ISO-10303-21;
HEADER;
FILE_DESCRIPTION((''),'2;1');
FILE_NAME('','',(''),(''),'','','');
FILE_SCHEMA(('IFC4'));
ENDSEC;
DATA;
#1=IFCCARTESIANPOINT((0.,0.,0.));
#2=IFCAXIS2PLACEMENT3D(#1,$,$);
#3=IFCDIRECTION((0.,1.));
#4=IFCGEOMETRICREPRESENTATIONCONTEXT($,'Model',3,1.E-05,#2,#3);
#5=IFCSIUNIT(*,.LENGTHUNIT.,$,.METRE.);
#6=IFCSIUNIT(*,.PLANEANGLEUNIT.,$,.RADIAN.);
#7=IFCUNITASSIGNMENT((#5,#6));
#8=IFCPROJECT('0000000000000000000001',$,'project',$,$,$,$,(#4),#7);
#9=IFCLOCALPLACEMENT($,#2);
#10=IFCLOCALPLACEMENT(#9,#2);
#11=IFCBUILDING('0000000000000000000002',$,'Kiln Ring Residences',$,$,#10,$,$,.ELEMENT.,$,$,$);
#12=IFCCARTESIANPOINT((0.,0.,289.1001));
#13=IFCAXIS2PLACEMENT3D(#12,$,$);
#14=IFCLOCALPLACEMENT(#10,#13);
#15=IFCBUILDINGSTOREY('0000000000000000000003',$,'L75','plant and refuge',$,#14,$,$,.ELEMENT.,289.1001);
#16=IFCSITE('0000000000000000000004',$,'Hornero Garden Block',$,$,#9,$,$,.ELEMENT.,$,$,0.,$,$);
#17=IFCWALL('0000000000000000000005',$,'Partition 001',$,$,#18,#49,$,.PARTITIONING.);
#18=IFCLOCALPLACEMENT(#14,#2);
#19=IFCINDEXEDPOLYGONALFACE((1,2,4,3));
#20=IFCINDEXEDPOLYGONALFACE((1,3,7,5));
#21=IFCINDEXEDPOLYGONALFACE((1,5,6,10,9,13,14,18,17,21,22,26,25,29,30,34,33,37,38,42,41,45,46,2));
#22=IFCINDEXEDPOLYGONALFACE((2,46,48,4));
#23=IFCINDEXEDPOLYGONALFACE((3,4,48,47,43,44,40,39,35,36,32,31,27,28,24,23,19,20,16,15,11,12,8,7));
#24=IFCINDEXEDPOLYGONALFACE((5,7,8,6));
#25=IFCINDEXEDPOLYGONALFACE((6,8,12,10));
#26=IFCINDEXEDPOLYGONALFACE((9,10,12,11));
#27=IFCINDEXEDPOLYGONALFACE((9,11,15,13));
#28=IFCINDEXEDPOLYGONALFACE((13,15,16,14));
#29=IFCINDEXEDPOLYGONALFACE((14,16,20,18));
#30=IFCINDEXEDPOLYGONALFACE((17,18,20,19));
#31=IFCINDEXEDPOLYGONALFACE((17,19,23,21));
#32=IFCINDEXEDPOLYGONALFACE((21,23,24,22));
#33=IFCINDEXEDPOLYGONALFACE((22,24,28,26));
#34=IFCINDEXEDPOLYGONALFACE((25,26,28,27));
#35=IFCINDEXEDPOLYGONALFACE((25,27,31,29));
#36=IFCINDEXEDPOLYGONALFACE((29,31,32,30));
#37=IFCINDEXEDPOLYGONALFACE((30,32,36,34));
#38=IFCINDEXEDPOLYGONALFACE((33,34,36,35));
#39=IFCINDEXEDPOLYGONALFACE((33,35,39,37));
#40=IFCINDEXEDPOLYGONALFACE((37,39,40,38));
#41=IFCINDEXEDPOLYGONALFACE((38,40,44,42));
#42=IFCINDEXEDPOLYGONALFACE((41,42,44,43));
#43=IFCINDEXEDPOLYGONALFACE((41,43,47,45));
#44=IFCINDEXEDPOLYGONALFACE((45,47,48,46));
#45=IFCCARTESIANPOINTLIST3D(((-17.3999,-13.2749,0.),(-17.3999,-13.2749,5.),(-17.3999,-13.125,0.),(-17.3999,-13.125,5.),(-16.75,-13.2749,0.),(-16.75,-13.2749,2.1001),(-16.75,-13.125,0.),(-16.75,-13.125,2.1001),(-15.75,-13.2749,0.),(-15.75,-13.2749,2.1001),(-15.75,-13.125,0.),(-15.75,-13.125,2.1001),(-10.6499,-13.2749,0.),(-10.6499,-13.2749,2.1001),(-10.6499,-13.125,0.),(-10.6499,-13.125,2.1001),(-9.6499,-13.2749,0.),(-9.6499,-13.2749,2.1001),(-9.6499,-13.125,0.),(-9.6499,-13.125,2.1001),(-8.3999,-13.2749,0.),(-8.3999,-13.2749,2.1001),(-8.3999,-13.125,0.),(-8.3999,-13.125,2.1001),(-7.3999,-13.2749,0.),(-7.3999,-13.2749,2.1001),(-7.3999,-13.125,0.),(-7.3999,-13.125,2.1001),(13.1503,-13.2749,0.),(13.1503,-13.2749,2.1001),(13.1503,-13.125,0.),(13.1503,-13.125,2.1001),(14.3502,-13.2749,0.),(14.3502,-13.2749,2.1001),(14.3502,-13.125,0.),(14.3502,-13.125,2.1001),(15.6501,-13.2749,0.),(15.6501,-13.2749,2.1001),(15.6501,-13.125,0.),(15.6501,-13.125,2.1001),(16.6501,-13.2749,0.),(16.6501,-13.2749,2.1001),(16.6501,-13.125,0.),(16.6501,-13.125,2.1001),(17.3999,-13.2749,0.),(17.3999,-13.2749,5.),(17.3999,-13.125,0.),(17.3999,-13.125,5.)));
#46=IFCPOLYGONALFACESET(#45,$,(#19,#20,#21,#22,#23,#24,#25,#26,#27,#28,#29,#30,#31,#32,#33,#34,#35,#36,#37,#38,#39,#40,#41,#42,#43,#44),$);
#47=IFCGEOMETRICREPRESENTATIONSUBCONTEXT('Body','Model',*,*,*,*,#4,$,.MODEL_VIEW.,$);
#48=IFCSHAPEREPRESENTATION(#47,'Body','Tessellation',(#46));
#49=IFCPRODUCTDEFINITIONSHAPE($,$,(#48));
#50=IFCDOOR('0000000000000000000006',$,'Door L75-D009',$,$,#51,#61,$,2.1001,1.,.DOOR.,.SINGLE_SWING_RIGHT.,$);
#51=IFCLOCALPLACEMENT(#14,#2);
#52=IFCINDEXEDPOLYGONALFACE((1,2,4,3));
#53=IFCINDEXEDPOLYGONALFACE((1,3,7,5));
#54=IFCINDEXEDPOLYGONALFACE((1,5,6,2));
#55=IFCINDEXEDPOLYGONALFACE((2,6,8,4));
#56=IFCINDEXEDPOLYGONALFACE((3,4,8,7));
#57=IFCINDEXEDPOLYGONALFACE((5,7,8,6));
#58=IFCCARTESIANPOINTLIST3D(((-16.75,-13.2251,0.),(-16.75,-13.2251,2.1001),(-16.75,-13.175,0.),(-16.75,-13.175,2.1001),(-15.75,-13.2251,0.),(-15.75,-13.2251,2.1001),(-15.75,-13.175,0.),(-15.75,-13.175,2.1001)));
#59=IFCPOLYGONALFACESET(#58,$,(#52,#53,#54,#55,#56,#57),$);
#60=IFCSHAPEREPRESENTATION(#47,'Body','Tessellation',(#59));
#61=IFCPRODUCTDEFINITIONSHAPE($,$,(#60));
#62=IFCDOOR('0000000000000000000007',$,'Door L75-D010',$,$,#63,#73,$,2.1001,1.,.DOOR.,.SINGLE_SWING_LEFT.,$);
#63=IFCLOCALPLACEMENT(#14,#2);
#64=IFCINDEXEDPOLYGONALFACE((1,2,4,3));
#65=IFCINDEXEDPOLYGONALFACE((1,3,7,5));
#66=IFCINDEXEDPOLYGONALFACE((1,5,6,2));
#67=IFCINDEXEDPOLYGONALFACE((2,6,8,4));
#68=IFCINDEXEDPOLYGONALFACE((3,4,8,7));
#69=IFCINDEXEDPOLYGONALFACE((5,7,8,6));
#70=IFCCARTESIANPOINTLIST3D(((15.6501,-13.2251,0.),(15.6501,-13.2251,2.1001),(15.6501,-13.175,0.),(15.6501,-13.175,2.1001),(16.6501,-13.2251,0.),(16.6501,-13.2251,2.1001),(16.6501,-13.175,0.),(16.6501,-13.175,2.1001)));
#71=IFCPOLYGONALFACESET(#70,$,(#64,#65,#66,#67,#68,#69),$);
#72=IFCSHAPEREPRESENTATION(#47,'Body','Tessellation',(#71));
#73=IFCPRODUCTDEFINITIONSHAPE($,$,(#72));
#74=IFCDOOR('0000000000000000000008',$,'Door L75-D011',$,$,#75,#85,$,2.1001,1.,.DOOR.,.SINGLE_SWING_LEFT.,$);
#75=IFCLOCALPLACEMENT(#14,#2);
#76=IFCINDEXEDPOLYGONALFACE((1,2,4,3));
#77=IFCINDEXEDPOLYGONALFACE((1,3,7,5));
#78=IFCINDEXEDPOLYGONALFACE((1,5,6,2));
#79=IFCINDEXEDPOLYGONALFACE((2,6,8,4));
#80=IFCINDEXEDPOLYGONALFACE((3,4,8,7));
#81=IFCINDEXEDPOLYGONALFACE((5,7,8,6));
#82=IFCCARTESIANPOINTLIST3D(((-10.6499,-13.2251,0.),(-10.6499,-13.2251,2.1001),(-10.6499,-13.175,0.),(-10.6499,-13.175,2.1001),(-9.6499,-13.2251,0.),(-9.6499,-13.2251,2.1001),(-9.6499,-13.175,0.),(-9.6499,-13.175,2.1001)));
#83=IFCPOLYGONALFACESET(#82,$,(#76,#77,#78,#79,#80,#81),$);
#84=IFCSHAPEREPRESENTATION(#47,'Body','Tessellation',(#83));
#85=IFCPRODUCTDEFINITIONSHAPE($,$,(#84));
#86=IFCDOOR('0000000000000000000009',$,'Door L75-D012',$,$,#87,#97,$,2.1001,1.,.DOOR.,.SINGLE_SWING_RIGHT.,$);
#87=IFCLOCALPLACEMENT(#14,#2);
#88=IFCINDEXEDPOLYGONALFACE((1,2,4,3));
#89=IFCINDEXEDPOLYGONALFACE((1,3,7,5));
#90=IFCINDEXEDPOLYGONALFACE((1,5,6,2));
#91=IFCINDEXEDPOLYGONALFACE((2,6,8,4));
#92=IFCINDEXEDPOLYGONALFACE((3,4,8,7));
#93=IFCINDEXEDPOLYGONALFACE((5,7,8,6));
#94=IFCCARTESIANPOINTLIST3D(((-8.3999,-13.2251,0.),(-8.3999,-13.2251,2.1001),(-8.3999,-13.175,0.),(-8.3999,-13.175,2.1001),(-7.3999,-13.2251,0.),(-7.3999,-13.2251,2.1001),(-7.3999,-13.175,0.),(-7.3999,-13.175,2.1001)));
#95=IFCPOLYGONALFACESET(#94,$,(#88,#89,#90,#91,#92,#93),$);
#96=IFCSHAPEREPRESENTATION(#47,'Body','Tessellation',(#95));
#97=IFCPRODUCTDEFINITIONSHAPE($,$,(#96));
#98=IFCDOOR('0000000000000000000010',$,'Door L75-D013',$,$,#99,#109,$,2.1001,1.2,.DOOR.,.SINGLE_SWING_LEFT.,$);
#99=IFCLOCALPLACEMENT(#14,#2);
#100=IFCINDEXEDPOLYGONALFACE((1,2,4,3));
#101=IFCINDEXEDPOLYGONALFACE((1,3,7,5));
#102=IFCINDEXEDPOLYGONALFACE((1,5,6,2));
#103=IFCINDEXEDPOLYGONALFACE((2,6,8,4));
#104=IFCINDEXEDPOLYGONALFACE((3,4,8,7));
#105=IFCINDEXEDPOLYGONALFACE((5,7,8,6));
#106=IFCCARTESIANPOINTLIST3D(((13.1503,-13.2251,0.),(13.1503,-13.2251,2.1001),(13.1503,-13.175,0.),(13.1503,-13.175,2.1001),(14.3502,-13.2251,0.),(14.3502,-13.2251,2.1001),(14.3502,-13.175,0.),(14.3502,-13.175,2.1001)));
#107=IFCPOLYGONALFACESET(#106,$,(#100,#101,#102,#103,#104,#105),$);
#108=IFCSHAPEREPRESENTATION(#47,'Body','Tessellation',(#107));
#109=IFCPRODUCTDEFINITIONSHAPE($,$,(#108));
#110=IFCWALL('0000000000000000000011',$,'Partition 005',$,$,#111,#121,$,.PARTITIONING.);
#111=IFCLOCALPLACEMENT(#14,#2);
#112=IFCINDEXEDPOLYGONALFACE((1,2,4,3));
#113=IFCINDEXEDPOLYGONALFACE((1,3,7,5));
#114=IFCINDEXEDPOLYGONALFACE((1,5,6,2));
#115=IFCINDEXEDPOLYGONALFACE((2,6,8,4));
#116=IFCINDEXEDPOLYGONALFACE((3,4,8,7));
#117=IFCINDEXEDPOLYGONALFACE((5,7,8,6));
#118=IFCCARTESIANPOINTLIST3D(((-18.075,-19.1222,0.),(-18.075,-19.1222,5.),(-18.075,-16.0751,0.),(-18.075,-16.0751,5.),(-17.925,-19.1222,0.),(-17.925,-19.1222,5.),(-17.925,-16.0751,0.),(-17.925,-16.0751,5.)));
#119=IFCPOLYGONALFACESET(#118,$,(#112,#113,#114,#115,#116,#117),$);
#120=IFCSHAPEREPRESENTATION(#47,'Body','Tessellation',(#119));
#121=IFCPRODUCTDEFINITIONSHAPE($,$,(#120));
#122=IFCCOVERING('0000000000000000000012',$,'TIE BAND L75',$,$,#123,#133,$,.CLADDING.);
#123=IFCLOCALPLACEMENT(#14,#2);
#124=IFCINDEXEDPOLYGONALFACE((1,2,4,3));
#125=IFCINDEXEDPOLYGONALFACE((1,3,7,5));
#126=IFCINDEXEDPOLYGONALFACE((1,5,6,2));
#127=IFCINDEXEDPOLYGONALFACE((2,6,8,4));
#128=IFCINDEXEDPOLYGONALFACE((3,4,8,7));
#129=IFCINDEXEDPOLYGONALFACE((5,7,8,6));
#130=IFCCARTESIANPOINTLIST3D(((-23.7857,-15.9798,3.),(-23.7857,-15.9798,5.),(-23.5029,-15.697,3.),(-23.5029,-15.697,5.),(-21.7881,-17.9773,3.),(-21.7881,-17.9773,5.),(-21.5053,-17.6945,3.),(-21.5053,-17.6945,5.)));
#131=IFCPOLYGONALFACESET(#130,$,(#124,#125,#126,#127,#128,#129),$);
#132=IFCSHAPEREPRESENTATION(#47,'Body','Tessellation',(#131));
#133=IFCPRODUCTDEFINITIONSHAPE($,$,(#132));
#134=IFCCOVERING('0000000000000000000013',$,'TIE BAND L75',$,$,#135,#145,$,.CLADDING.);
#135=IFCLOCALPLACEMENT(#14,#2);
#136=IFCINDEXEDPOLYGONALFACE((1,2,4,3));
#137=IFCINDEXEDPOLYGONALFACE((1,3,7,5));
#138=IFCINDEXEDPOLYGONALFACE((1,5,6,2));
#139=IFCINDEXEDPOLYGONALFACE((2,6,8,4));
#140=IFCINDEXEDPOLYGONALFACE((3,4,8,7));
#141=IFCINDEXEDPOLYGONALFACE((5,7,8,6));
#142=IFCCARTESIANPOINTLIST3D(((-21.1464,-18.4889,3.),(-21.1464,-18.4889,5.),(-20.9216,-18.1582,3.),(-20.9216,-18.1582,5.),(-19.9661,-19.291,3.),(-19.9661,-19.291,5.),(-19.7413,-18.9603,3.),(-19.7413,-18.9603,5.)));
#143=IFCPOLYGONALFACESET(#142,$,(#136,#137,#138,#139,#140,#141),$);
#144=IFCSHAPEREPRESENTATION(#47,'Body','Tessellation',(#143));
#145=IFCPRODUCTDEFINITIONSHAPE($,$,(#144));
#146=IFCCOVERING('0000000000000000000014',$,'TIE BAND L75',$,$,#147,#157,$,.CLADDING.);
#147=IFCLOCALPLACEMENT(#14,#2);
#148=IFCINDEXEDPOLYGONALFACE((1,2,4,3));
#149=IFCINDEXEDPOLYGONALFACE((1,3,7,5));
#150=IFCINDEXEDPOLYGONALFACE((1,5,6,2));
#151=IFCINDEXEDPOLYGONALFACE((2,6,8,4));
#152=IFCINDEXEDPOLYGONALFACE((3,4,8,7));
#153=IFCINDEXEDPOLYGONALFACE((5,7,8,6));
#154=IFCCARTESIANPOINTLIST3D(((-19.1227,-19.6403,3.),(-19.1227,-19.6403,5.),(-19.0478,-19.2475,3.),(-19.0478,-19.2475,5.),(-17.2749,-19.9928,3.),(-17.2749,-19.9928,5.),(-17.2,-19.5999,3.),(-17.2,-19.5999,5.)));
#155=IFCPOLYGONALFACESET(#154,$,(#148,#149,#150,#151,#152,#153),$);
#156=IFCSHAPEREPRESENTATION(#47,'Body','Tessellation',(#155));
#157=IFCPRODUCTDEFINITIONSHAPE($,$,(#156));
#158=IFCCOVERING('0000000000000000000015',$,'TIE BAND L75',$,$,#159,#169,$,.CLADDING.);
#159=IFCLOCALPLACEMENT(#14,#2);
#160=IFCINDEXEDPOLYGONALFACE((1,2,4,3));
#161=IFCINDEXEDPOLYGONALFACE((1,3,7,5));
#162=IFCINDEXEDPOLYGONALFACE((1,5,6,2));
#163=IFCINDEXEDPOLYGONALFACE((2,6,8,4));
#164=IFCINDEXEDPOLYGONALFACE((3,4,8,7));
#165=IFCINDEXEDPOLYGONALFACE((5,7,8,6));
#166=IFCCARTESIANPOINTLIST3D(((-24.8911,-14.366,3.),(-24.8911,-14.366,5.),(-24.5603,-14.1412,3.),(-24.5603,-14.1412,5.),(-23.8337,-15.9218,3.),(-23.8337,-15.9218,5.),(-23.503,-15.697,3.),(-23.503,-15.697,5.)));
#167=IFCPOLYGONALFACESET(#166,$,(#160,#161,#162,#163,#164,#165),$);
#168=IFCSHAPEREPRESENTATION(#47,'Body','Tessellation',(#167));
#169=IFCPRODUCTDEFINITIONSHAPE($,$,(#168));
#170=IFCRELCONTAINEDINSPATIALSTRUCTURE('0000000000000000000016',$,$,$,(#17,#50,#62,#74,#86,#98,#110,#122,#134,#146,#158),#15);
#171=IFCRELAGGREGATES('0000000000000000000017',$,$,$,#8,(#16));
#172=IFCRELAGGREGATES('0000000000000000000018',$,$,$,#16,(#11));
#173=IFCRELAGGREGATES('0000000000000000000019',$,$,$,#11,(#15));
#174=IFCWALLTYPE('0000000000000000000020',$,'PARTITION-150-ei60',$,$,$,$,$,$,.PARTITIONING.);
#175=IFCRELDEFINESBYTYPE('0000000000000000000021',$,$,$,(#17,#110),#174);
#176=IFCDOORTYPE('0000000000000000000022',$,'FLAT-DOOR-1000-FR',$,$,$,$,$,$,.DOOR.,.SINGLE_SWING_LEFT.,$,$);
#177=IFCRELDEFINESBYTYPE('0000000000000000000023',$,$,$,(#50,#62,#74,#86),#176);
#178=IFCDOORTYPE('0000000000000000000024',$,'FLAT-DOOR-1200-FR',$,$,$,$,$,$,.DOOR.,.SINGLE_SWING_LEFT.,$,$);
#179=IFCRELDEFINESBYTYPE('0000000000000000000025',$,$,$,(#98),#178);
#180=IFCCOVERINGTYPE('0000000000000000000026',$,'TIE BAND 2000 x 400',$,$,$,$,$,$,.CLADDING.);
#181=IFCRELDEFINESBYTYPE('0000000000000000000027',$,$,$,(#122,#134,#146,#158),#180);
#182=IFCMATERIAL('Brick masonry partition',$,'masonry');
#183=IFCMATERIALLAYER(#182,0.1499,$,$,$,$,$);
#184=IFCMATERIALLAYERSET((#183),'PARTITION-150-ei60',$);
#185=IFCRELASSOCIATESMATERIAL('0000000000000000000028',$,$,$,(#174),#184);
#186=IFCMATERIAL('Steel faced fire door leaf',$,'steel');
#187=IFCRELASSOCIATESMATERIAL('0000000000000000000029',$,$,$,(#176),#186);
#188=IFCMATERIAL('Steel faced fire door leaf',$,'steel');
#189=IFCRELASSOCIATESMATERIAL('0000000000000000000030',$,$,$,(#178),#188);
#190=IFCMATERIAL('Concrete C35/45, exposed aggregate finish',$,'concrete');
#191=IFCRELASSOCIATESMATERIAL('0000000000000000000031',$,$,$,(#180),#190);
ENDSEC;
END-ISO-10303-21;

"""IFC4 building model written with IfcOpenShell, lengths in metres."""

from ifc_helpers import new_model, si_unit, direction, frame, frame_2d, origin, origin_2d, place, context, subcontext, project, spatial, rectangle, extrude, material, layer, layer_set, type_object, element, fill, save


model = new_model("IFC4")

# Units and contexts
model_context = context("Model", 3, precision=1e-05, world=origin(), true_north=direction((0.0, 1.0)))
body_context = subcontext(model_context, "Body", "Model", "MODEL_VIEW")
ifc_project = project(units=[si_unit("LENGTHUNIT", "METRE"), si_unit("PLANEANGLEUNIT", "RADIAN")], contexts=[model_context])

# Site, building, storey
site_placement = place(None, origin())
site = spatial("IfcSite", under=ifc_project, at=site_placement, Name="Hornero Garden Block", CompositionType="ELEMENT", RefElevation=0.0)
building_placement = place(site_placement, origin())
building = spatial("IfcBuilding", under=site, at=building_placement, Name="Kiln Ring Residences", CompositionType="ELEMENT")
storey_placement = place(building_placement, frame((0.0, 0.0, 289.1001)))
storey = spatial("IfcBuildingStorey", under=building, at=storey_placement, Name="L75", Description="plant and refuge", CompositionType="ELEMENT", Elevation=289.1001)

# Wall, openings, doors
ifc_material_1 = material(Name="Brick masonry partition", Category="masonry")
ifc_layer_1 = layer(ifc_material_1, 0.1499)
ifc_layer_set_1 = layer_set([ifc_layer_1], Name="PARTITION-150-ei60")
wall_type_1 = type_object("IfcWallType", Name="PARTITION-150-ei60", PredefinedType="PARTITIONING", material=ifc_layer_set_1)
ifc_material_2 = material(Name="Steel faced fire door leaf", Category="steel")
door_type_1 = type_object("IfcDoorType", Name="FLAT-DOOR-1000-FR", OperationType="SINGLE_SWING_LEFT", PredefinedType="DOOR", material=ifc_material_2)
wall_1_placement = place(storey_placement, frame((-17.3999, -13.2, 0.0), z_axis=(0.0, 0.0, 1.0), x_axis=(1.0, 0.0, 0.0)))
wall_1 = element("IfcWall", 1, at=wall_1_placement, inside=storey, type_object=wall_type_1, Name="Partition 001", PredefinedType="PARTITIONING", context=body_context, shape_type="SweptSolid", body=[
    extrude(rectangle(XDim=34.7998, YDim=0.1499, at=frame_2d((17.3999, 0.0))), origin(), (0.0, 0.0, 1.0), 5.0),
])
opening_1_placement = place(wall_1_placement, frame((0.6499, 0.0, 0.0)))
opening_1 = element("IfcOpeningElement", 2, at=opening_1_placement, cuts=wall_1, PredefinedType="OPENING", context=body_context, shape_type="SweptSolid", body=[
    extrude(rectangle(XDim=1.0, YDim=2.1001, at=frame_2d((0.5, 1.05))), frame((0.0, 0.085, 0.0), z_axis=(0.0, -1.0, 0.0), x_axis=(1.0, 0.0, 0.0)), (0.0, 0.0, 1.0), 0.1699),
])
opening_2_placement = place(wall_1_placement, frame((33.05, 0.0, 0.0)))
opening_2 = element("IfcOpeningElement", 3, at=opening_2_placement, cuts=wall_1, PredefinedType="OPENING", context=body_context, shape_type="SweptSolid", body=[
    extrude(rectangle(XDim=1.0, YDim=2.1001, at=frame_2d((0.5, 1.05))), frame((0.0, 0.085, 0.0), z_axis=(0.0, -1.0, 0.0), x_axis=(1.0, 0.0, 0.0)), (0.0, 0.0, 1.0), 0.1699),
])
opening_3_placement = place(wall_1_placement, frame((6.75, 0.0, 0.0)))
opening_3 = element("IfcOpeningElement", 4, at=opening_3_placement, cuts=wall_1, PredefinedType="OPENING", context=body_context, shape_type="SweptSolid", body=[
    extrude(rectangle(XDim=1.0, YDim=2.1001, at=frame_2d((0.5, 1.05))), frame((0.0, 0.085, 0.0), z_axis=(0.0, -1.0, 0.0), x_axis=(1.0, 0.0, 0.0)), (0.0, 0.0, 1.0), 0.1699),
])
opening_4_placement = place(wall_1_placement, frame((9.0, 0.0, 0.0)))
opening_4 = element("IfcOpeningElement", 5, at=opening_4_placement, cuts=wall_1, PredefinedType="OPENING", context=body_context, shape_type="SweptSolid", body=[
    extrude(rectangle(XDim=1.0, YDim=2.1001, at=frame_2d((0.5, 1.05))), frame((0.0, 0.085, 0.0), z_axis=(0.0, -1.0, 0.0), x_axis=(1.0, 0.0, 0.0)), (0.0, 0.0, 1.0), 0.1699),
])
opening_5_placement = place(wall_1_placement, frame((30.55, 0.0, 0.0)))
opening_5 = element("IfcOpeningElement", 6, at=opening_5_placement, cuts=wall_1, PredefinedType="OPENING", context=body_context, shape_type="SweptSolid", body=[
    extrude(rectangle(XDim=1.2, YDim=2.1001, at=frame_2d((0.6001, 1.05))), frame((0.0, 0.085, 0.0), z_axis=(0.0, -1.0, 0.0), x_axis=(1.0, 0.0, 0.0)), (0.0, 0.0, 1.0), 0.1699),
])
door_1_placement = place(opening_1_placement, origin())
door_1 = element("IfcDoor", 7, at=door_1_placement, inside=storey, type_object=door_type_1, Name="Door L75-D009", OperationType="SINGLE_SWING_RIGHT", OverallHeight=2.1001, OverallWidth=1.0, PredefinedType="DOOR", context=body_context, shape_type="SweptSolid", body=[
    extrude(rectangle(XDim=1.0, YDim=2.1001, at=frame_2d((0.5, 1.05))), frame((0.0, 0.0249, 0.0), z_axis=(0.0, -1.0, 0.0), x_axis=(1.0, 0.0, 0.0)), (0.0, 0.0, 1.0), 0.05),
])
fill(opening_1, door_1)
door_2_placement = place(opening_2_placement, origin())
door_2 = element("IfcDoor", 8, at=door_2_placement, inside=storey, type_object=door_type_1, Name="Door L75-D010", OperationType="SINGLE_SWING_LEFT", OverallHeight=2.1001, OverallWidth=1.0, PredefinedType="DOOR", context=body_context, shape_type="SweptSolid", body=[
    extrude(rectangle(XDim=1.0, YDim=2.1001, at=frame_2d((0.5, 1.05))), frame((0.0, 0.0249, 0.0), z_axis=(0.0, -1.0, 0.0), x_axis=(1.0, 0.0, 0.0)), (0.0, 0.0, 1.0), 0.05),
])
fill(opening_2, door_2)
door_3_placement = place(opening_3_placement, origin())
door_3 = element("IfcDoor", 9, at=door_3_placement, inside=storey, type_object=door_type_1, Name="Door L75-D011", OperationType="SINGLE_SWING_LEFT", OverallHeight=2.1001, OverallWidth=1.0, PredefinedType="DOOR", context=body_context, shape_type="SweptSolid", body=[
    extrude(rectangle(XDim=1.0, YDim=2.1001, at=frame_2d((0.5, 1.05))), frame((0.0, 0.0249, 0.0), z_axis=(0.0, -1.0, 0.0), x_axis=(1.0, 0.0, 0.0)), (0.0, 0.0, 1.0), 0.05),
])
fill(opening_3, door_3)
door_4_placement = place(opening_4_placement, origin())
door_4 = element("IfcDoor", 10, at=door_4_placement, inside=storey, type_object=door_type_1, Name="Door L75-D012", OperationType="SINGLE_SWING_RIGHT", OverallHeight=2.1001, OverallWidth=1.0, PredefinedType="DOOR", context=body_context, shape_type="SweptSolid", body=[
    extrude(rectangle(XDim=1.0, YDim=2.1001, at=frame_2d((0.5, 1.05))), frame((0.0, 0.0249, 0.0), z_axis=(0.0, -1.0, 0.0), x_axis=(1.0, 0.0, 0.0)), (0.0, 0.0, 1.0), 0.05),
])
fill(opening_4, door_4)
ifc_material_3 = material(Name="Steel faced fire door leaf", Category="steel")
door_type_2 = type_object("IfcDoorType", Name="FLAT-DOOR-1200-FR", OperationType="SINGLE_SWING_LEFT", PredefinedType="DOOR", material=ifc_material_3)
door_5_placement = place(opening_5_placement, origin())
door_5 = element("IfcDoor", 11, at=door_5_placement, inside=storey, type_object=door_type_2, Name="Door L75-D013", OperationType="SINGLE_SWING_LEFT", OverallHeight=2.1001, OverallWidth=1.2, PredefinedType="DOOR", context=body_context, shape_type="SweptSolid", body=[
    extrude(rectangle(XDim=1.2, YDim=2.1001, at=frame_2d((0.6001, 1.05))), frame((0.0, 0.0249, 0.0), z_axis=(0.0, -1.0, 0.0), x_axis=(1.0, 0.0, 0.0)), (0.0, 0.0, 1.0), 0.05),
])
fill(opening_5, door_5)

# Wall
wall_2_placement = place(storey_placement, frame((-18.0, -19.1221, 0.0), z_axis=(0.0, 0.0, 1.0), x_axis=(0.0, 1.0, 0.0)))
element("IfcWall", 12, at=wall_2_placement, inside=storey, type_object=wall_type_1, Name="Partition 005", PredefinedType="PARTITIONING", context=body_context, shape_type="SweptSolid", body=[
    extrude(rectangle(XDim=3.0471, YDim=0.1499, at=frame_2d((1.5234, 0.0))), origin(), (0.0, 0.0, 1.0), 5.0),
])

# Coverings
ifc_material_4 = material(Name="Concrete C35/45, exposed aggregate finish", Category="concrete")
covering_type = type_object("IfcCoveringType", Name="TIE BAND 2000 x 400", PredefinedType="CLADDING", material=ifc_material_4)
covering_1_placement = place(storey_placement, frame((-22.6455, -16.8372, 3.0), z_axis=(0.0, 0.0, 1.0), x_axis=(0.707107, -0.707107, 0.0)))
element("IfcCovering", 13, at=covering_1_placement, inside=storey, type_object=covering_type, Name="TIE BAND L75", PredefinedType="CLADDING", context=body_context, shape_type="SweptSolid", body=[
    extrude(rectangle(XDim=2.825, YDim=0.3999, at=origin_2d()), origin(), (0.0, 0.0, 1.0), 2.0),
])
covering_2_placement = place(storey_placement, frame((-20.4438, -18.7246, 3.0), z_axis=(0.0, 0.0, 1.0), x_axis=(0.827072, -0.562097, 0.0)))
element("IfcCovering", 14, at=covering_2_placement, inside=storey, type_object=covering_type, Name="TIE BAND L75", PredefinedType="CLADDING", context=body_context, shape_type="SweptSolid", body=[
    extrude(rectangle(XDim=1.427, YDim=0.3999, at=origin_2d()), origin(), (0.0, 0.0, 1.0), 2.0),
])
for number, where, z_axis, x_axis, name in (
    (15, (-18.1614, -19.6201, 3.0), (0.0, 0.0, 1.0), (0.98229, -0.187366, 0.0), "TIE BAND L75"),
    (16, (-24.197, -15.0315, 3.0), (0.0, 0.0, 1.0), (0.562097, -0.827072, 0.0), "TIE BAND L75"),
):
    element("IfcCovering", number, at=place(storey_placement, frame(where, z_axis=z_axis, x_axis=x_axis)), inside=storey, type_object=covering_type, Name=name, PredefinedType="CLADDING", context=body_context, shape_type="SweptSolid", body=[
        extrude(rectangle(XDim=1.8811, YDim=0.3999, at=origin_2d()), origin(), (0.0, 0.0, 1.0), 2.0),
    ])

save(model, "model.ifc")
